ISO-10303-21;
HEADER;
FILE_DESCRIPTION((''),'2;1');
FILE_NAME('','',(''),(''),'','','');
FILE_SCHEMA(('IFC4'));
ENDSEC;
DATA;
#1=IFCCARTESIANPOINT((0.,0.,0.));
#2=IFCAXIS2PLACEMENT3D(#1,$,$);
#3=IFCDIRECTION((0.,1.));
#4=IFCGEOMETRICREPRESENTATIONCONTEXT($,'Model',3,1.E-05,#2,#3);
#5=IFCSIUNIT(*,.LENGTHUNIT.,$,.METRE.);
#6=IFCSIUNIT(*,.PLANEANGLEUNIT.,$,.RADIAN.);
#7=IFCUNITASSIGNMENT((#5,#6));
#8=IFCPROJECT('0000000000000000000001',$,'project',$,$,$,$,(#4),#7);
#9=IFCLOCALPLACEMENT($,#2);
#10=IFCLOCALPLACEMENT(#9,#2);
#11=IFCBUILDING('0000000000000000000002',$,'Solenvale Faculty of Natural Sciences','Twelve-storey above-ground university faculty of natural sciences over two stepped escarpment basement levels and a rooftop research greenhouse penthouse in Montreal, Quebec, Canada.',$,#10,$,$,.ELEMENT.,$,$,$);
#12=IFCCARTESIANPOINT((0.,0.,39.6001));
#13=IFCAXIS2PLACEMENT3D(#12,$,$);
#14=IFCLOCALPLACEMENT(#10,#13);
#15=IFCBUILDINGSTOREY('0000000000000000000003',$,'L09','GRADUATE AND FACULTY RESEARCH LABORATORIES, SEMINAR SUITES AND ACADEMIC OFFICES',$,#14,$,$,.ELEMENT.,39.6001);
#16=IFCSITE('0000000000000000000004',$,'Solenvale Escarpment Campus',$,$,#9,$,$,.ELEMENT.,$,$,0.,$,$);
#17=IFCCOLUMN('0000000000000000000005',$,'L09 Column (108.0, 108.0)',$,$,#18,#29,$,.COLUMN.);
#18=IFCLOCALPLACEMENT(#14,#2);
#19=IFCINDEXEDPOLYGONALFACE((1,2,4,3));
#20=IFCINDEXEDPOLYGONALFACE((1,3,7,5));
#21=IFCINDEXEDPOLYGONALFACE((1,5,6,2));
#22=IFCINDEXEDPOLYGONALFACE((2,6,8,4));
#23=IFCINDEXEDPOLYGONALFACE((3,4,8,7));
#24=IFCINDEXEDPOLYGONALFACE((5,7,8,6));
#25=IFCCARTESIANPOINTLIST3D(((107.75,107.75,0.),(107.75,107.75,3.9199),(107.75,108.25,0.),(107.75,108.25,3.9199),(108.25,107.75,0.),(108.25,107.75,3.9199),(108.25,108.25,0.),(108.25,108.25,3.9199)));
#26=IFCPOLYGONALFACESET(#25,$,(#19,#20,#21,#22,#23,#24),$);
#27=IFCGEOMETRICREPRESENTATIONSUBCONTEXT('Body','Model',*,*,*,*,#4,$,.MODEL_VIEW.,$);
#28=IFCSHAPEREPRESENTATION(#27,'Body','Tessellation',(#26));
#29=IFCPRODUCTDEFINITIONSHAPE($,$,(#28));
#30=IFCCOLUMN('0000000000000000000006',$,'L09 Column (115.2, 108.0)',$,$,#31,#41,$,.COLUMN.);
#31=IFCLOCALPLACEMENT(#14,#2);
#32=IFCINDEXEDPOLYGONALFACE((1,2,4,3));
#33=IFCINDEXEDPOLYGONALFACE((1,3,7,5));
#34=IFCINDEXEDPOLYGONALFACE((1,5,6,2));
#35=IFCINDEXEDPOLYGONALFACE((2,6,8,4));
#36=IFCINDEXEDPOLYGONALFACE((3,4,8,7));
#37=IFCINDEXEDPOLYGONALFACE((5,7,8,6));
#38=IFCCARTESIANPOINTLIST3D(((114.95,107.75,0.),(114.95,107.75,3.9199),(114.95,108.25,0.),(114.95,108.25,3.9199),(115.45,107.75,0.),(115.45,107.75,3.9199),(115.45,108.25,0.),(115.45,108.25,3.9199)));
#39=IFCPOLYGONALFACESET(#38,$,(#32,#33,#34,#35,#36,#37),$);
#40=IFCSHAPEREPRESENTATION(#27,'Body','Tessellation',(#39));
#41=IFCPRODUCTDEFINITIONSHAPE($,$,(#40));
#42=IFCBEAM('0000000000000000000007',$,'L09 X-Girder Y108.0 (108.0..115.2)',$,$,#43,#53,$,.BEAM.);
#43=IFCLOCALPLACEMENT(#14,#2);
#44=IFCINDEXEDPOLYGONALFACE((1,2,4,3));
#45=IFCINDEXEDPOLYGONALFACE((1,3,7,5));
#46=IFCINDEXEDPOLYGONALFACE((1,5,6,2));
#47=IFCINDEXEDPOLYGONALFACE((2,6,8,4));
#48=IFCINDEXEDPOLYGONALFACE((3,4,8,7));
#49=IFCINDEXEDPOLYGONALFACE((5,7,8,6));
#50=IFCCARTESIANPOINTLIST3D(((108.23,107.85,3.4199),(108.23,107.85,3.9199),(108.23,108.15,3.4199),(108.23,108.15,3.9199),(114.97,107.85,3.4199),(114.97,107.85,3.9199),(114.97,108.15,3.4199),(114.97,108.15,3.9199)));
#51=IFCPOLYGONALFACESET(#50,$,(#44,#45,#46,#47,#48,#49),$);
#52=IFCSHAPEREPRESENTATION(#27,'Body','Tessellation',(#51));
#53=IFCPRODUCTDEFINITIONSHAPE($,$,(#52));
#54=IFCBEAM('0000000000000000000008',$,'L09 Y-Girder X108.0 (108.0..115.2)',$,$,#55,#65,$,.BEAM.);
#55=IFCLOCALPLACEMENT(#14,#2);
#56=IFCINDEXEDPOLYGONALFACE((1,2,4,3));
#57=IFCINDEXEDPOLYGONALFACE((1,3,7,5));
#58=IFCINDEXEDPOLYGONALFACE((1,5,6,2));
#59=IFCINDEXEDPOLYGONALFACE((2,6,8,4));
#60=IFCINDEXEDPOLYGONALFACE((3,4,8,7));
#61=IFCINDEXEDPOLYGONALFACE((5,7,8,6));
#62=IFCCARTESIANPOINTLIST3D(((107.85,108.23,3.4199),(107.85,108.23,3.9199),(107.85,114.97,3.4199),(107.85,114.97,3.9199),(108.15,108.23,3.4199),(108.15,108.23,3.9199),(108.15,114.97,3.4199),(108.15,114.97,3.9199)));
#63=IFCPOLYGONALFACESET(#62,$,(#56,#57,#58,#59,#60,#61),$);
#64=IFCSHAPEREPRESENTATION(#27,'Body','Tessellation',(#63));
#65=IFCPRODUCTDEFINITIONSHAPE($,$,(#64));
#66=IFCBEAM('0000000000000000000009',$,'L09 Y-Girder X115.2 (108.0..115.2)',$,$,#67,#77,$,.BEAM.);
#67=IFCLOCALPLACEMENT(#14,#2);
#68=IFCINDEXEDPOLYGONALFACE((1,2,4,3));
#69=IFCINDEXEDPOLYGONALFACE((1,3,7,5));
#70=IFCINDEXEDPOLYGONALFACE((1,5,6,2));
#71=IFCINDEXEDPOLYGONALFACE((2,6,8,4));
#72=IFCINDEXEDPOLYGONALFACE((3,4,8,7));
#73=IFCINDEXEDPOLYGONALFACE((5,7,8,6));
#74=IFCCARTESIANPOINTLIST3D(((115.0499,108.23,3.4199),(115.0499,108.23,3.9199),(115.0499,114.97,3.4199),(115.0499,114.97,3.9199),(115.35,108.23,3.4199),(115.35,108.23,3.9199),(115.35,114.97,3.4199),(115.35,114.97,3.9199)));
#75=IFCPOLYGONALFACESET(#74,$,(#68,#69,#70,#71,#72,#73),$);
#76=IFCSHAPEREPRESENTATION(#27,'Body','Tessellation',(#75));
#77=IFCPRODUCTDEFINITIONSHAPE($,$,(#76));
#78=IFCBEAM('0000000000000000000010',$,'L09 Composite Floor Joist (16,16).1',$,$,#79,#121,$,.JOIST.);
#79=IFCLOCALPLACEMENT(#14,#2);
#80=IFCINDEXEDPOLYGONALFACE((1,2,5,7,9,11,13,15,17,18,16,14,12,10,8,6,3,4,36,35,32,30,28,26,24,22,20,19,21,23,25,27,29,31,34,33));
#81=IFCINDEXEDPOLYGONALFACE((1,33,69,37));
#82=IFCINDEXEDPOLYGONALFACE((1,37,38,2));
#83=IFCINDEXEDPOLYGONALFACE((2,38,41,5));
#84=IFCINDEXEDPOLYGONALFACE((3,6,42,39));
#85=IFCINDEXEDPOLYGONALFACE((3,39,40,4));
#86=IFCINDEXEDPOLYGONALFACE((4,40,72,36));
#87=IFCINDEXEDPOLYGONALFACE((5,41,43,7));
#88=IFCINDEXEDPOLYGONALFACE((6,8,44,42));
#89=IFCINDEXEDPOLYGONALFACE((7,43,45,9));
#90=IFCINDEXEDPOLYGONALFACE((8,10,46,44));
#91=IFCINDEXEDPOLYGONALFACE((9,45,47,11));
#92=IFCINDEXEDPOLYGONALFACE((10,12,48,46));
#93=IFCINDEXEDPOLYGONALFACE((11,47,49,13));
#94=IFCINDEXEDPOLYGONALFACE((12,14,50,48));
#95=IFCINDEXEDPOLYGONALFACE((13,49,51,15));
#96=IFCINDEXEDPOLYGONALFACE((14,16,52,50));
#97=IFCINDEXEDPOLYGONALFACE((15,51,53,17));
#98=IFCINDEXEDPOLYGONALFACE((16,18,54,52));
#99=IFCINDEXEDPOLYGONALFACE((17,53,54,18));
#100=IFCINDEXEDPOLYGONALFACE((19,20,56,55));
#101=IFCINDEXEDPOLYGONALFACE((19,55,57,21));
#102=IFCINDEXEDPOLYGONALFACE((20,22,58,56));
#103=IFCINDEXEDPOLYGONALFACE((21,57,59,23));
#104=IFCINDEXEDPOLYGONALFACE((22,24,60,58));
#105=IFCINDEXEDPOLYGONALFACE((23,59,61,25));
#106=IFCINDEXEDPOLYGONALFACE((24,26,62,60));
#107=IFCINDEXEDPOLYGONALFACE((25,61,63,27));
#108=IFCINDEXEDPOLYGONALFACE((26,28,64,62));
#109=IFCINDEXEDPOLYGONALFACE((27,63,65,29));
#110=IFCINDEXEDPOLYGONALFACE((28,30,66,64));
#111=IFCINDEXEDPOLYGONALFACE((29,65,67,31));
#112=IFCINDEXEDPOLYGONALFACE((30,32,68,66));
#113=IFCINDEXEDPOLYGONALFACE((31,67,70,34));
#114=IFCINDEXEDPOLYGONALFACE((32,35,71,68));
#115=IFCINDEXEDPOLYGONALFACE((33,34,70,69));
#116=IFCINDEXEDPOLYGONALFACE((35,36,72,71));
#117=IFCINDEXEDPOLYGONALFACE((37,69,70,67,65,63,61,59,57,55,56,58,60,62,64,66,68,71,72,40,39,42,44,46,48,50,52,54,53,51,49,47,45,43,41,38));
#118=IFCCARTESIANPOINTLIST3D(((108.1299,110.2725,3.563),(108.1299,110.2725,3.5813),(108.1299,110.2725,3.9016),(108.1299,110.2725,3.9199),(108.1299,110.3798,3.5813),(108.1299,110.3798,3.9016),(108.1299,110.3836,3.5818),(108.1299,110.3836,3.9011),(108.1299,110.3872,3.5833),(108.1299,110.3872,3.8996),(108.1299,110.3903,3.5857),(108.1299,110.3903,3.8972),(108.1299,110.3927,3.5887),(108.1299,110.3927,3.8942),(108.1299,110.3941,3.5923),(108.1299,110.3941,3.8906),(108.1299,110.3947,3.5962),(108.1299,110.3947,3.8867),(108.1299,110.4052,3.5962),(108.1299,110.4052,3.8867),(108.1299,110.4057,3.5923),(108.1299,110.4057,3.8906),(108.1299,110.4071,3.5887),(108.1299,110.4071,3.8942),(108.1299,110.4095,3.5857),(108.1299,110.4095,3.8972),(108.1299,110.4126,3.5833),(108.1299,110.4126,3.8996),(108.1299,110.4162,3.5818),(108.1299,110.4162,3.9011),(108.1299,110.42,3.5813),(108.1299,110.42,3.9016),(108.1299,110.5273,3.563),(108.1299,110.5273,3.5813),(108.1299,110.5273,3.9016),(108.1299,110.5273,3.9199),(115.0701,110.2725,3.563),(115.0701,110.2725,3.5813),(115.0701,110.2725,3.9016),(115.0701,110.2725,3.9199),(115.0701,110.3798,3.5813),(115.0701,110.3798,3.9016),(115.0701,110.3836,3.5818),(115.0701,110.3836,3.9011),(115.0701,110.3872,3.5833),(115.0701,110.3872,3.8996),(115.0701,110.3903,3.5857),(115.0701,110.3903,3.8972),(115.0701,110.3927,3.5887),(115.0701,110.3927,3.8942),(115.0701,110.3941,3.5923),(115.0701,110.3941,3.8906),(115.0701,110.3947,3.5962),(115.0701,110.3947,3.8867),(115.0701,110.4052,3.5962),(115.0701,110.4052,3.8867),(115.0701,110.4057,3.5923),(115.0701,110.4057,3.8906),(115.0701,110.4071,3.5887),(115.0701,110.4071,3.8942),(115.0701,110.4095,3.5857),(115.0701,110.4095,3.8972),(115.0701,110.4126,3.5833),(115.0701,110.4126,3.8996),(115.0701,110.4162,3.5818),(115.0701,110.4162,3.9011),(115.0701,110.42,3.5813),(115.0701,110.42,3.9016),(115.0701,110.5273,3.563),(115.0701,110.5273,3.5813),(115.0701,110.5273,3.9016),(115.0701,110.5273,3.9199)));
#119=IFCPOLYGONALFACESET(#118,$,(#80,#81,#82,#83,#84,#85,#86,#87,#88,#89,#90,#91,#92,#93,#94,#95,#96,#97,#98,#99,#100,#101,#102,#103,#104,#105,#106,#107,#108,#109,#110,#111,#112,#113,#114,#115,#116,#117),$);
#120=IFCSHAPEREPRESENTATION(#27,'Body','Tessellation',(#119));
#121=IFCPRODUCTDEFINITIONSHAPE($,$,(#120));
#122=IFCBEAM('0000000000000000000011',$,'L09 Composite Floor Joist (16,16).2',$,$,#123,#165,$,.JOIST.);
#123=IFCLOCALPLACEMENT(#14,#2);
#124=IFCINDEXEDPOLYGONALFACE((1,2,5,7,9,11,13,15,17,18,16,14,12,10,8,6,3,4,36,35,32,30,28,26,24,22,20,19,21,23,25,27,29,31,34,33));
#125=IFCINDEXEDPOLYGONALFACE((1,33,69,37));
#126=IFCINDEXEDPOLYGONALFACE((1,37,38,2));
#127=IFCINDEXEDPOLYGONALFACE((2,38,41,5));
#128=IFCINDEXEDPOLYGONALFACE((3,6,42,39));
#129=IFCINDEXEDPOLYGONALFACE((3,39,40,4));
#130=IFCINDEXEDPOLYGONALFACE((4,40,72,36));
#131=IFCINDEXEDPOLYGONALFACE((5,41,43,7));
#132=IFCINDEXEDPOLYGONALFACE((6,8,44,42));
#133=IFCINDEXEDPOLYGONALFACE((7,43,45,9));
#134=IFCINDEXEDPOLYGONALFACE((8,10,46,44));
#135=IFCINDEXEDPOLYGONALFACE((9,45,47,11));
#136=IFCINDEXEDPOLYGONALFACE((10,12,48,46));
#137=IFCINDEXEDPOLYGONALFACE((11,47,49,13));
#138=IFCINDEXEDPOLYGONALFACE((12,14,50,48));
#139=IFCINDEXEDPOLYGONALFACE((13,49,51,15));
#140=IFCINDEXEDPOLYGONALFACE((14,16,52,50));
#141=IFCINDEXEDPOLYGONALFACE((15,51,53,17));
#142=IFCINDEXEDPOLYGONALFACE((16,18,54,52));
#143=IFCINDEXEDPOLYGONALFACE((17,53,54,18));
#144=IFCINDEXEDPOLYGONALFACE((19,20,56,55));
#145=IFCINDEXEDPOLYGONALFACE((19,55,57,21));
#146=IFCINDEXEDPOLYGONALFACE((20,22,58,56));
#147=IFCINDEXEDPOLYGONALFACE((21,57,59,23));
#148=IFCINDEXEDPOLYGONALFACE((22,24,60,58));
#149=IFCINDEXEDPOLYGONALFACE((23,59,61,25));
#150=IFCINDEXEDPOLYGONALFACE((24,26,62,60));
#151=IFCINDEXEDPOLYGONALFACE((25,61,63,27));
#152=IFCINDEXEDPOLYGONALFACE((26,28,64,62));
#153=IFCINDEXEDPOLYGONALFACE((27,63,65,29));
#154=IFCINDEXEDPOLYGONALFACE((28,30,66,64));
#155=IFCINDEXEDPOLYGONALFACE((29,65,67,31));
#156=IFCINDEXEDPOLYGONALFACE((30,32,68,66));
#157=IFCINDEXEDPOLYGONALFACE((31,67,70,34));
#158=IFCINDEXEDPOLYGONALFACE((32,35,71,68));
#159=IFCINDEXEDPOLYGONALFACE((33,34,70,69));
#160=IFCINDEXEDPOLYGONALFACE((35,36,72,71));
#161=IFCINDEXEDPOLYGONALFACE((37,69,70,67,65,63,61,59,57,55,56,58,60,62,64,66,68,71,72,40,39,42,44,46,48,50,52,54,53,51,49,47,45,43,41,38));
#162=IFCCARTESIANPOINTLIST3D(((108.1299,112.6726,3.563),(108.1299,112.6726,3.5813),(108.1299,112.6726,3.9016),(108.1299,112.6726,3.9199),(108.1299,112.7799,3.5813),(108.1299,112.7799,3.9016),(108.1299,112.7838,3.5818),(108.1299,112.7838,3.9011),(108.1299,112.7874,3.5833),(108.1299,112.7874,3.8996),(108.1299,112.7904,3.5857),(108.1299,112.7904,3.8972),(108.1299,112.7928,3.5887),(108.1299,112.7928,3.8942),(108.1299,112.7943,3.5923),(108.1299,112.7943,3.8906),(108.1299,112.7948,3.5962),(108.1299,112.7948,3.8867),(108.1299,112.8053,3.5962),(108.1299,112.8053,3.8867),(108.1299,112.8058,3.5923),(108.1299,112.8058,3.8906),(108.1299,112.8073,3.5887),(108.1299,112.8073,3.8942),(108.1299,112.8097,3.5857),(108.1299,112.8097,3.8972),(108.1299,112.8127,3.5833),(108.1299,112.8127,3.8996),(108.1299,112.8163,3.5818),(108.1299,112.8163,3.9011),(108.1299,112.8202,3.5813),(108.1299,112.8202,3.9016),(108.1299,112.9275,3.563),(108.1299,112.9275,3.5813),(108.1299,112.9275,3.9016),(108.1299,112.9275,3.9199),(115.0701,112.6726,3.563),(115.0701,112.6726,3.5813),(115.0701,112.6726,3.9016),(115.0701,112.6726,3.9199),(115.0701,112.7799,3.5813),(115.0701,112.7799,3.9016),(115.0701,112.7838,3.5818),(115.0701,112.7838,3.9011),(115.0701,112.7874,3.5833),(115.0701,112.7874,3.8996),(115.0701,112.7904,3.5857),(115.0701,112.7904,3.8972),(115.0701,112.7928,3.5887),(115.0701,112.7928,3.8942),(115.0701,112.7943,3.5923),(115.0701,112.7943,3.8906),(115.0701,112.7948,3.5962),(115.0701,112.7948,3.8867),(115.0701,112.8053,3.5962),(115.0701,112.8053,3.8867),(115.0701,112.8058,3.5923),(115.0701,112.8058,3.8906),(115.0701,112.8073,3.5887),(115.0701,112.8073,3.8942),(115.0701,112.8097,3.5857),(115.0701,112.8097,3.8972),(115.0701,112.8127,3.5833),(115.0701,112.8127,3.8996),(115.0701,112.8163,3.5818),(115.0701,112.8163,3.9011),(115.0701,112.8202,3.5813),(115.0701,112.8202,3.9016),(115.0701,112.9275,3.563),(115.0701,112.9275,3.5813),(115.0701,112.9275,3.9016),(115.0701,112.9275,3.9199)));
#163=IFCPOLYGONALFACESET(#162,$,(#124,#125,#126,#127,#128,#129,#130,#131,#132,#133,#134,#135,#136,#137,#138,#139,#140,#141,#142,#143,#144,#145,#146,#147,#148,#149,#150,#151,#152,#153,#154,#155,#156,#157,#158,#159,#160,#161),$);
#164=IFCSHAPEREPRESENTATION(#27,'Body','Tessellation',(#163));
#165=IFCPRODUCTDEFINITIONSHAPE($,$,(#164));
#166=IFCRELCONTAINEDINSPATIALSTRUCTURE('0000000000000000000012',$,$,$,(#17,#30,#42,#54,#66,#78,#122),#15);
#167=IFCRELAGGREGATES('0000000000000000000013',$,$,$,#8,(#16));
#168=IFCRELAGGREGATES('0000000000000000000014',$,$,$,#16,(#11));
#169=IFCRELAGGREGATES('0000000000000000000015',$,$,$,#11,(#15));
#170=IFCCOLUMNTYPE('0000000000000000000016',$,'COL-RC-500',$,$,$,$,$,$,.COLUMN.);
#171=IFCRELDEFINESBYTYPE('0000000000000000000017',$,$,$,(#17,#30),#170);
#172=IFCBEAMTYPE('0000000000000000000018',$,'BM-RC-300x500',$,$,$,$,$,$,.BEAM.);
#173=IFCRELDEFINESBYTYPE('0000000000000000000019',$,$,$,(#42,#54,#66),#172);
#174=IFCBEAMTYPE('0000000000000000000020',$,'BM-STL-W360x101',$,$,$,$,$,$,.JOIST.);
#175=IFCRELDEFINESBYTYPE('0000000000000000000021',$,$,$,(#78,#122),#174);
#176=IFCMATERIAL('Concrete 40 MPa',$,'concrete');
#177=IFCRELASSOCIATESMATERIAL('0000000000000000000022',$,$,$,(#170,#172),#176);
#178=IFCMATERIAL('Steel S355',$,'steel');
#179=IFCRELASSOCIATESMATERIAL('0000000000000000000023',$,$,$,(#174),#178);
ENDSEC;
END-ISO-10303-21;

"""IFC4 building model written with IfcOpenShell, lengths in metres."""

from ifc_helpers import new_model, si_unit, direction, frame, origin, origin_2d, place, context, subcontext, project, spatial, rectangle, i_section, extrude, material, material_profile, profile_set, type_object, element, save


model = new_model("IFC4")

# Units and contexts
model_context = context("Model", 3, precision=1e-05, world=origin(), true_north=direction((0.0, 1.0)))
body_context = subcontext(model_context, "Body", "Model", "MODEL_VIEW")
ifc_project = project(units=[si_unit("LENGTHUNIT", "METRE"), si_unit("PLANEANGLEUNIT", "RADIAN")], contexts=[model_context])

# Site, building, storey
site_placement = place(None, origin())
site = spatial("IfcSite", under=ifc_project, at=site_placement, Name="Solenvale Escarpment Campus", CompositionType="ELEMENT", RefElevation=0.0)
building_placement = place(site_placement, origin())
building = spatial("IfcBuilding", under=site, at=building_placement, Name="Solenvale Faculty of Natural Sciences", Description="Twelve-storey above-ground university faculty of natural sciences over two stepped escarpment basement levels and a rooftop research greenhouse penthouse in Montreal, Quebec, Canada.", CompositionType="ELEMENT")
storey_placement = place(building_placement, frame((0.0, 0.0, 39.6001)))
storey = spatial("IfcBuildingStorey", under=building, at=storey_placement, Name="L09", Description="GRADUATE AND FACULTY RESEARCH LABORATORIES, SEMINAR SUITES AND ACADEMIC OFFICES", CompositionType="ELEMENT", Elevation=39.6001)

# Columns
ifc_material_1 = material(Name="Concrete 40 MPa", Category="concrete")
ifc_material_profile_1 = material_profile(ifc_material_1, rectangle(XDim=0.5, YDim=0.5, at=origin_2d()), Name="RC-COL-500x500")
ifc_profile_set_1 = profile_set([ifc_material_profile_1], Name="Concrete 40 MPa")
column_type = type_object("IfcColumnType", Name="COL-RC-500", PredefinedType="COLUMN", material=ifc_profile_set_1)
for number, where, z_axis, x_axis, name in (
    (1, (108.0, 108.0, 0.0), (0.0, 0.0, 1.0), (1.0, 0.0, 0.0), "L09 Column (108.0, 108.0)"),
    (2, (115.2, 108.0, 0.0), (0.0, 0.0, 1.0), (1.0, 0.0, 0.0), "L09 Column (115.2, 108.0)"),
):
    element("IfcColumn", number, at=place(storey_placement, frame(where, z_axis=z_axis, x_axis=x_axis)), inside=storey, type_object=column_type, Name=name, PredefinedType="COLUMN", context=body_context, shape_type="SweptSolid", body=[
        extrude(rectangle(XDim=0.5, YDim=0.5, at=origin_2d()), origin(), (0.0, 0.0, 1.0), 3.9199),
    ])

# Beams
ifc_material_profile_2 = material_profile(ifc_material_1, rectangle(XDim=0.3, YDim=0.5, at=origin_2d()), Name="RC-BM-300x500")
ifc_profile_set_2 = profile_set([ifc_material_profile_2], Name="Concrete 40 MPa")
beam_type_1 = type_object("IfcBeamType", Name="BM-RC-300x500", PredefinedType="BEAM", material=ifc_profile_set_2)
for number, where, z_axis, x_axis, name in (
    (3, (108.23, 108.0, 3.6699), (1.0, 0.0, 0.0), (0.0, 1.0, 0.0), "L09 X-Girder Y108.0 (108.0..115.2)"),
    (4, (108.0, 108.23, 3.6699), (0.0, 1.0, 0.0), (-1.0, 0.0, 0.0), "L09 Y-Girder X108.0 (108.0..115.2)"),
    (5, (115.2, 108.23, 3.6699), (0.0, 1.0, 0.0), (-1.0, 0.0, 0.0), "L09 Y-Girder X115.2 (108.0..115.2)"),
):
    element("IfcBeam", number, at=place(storey_placement, frame(where, z_axis=z_axis, x_axis=x_axis)), inside=storey, type_object=beam_type_1, Name=name, PredefinedType="BEAM", context=body_context, shape_type="SweptSolid", body=[
        extrude(rectangle(XDim=0.3, YDim=0.5, at=origin_2d()), origin(), (0.0, 0.0, 1.0), 6.74),
    ])
ifc_material_2 = material(Name="Steel S355", Category="steel")
ifc_material_profile_3 = material_profile(ifc_material_2, i_section(OverallWidth=0.2549, OverallDepth=0.3569, WebThickness=0.0105, FlangeThickness=0.0183, FilletRadius=0.0149, at=origin_2d()), Name="W360x101")
ifc_profile_set_3 = profile_set([ifc_material_profile_3], Name="Steel S355")
beam_type_2 = type_object("IfcBeamType", Name="BM-STL-W360x101", PredefinedType="JOIST", material=ifc_profile_set_3)
for number, where, z_axis, x_axis, name in (
    (6, (108.1299, 110.3999, 3.7415), (1.0, 0.0, 0.0), (0.0, 1.0, 0.0), "L09 Composite Floor Joist (16,16).1"),
    (7, (108.1299, 112.8, 3.7415), (1.0, 0.0, 0.0), (0.0, 1.0, 0.0), "L09 Composite Floor Joist (16,16).2"),
):
    element("IfcBeam", number, at=place(storey_placement, frame(where, z_axis=z_axis, x_axis=x_axis)), inside=storey, type_object=beam_type_2, Name=name, PredefinedType="JOIST", context=body_context, shape_type="SweptSolid", body=[
        extrude(i_section(OverallWidth=0.2549, OverallDepth=0.3569, WebThickness=0.0105, FlangeThickness=0.0183, FilletRadius=0.0149, at=origin_2d()), origin(), (0.0, 0.0, 1.0), 6.9402),
    ])

save(model, "model.ifc")
